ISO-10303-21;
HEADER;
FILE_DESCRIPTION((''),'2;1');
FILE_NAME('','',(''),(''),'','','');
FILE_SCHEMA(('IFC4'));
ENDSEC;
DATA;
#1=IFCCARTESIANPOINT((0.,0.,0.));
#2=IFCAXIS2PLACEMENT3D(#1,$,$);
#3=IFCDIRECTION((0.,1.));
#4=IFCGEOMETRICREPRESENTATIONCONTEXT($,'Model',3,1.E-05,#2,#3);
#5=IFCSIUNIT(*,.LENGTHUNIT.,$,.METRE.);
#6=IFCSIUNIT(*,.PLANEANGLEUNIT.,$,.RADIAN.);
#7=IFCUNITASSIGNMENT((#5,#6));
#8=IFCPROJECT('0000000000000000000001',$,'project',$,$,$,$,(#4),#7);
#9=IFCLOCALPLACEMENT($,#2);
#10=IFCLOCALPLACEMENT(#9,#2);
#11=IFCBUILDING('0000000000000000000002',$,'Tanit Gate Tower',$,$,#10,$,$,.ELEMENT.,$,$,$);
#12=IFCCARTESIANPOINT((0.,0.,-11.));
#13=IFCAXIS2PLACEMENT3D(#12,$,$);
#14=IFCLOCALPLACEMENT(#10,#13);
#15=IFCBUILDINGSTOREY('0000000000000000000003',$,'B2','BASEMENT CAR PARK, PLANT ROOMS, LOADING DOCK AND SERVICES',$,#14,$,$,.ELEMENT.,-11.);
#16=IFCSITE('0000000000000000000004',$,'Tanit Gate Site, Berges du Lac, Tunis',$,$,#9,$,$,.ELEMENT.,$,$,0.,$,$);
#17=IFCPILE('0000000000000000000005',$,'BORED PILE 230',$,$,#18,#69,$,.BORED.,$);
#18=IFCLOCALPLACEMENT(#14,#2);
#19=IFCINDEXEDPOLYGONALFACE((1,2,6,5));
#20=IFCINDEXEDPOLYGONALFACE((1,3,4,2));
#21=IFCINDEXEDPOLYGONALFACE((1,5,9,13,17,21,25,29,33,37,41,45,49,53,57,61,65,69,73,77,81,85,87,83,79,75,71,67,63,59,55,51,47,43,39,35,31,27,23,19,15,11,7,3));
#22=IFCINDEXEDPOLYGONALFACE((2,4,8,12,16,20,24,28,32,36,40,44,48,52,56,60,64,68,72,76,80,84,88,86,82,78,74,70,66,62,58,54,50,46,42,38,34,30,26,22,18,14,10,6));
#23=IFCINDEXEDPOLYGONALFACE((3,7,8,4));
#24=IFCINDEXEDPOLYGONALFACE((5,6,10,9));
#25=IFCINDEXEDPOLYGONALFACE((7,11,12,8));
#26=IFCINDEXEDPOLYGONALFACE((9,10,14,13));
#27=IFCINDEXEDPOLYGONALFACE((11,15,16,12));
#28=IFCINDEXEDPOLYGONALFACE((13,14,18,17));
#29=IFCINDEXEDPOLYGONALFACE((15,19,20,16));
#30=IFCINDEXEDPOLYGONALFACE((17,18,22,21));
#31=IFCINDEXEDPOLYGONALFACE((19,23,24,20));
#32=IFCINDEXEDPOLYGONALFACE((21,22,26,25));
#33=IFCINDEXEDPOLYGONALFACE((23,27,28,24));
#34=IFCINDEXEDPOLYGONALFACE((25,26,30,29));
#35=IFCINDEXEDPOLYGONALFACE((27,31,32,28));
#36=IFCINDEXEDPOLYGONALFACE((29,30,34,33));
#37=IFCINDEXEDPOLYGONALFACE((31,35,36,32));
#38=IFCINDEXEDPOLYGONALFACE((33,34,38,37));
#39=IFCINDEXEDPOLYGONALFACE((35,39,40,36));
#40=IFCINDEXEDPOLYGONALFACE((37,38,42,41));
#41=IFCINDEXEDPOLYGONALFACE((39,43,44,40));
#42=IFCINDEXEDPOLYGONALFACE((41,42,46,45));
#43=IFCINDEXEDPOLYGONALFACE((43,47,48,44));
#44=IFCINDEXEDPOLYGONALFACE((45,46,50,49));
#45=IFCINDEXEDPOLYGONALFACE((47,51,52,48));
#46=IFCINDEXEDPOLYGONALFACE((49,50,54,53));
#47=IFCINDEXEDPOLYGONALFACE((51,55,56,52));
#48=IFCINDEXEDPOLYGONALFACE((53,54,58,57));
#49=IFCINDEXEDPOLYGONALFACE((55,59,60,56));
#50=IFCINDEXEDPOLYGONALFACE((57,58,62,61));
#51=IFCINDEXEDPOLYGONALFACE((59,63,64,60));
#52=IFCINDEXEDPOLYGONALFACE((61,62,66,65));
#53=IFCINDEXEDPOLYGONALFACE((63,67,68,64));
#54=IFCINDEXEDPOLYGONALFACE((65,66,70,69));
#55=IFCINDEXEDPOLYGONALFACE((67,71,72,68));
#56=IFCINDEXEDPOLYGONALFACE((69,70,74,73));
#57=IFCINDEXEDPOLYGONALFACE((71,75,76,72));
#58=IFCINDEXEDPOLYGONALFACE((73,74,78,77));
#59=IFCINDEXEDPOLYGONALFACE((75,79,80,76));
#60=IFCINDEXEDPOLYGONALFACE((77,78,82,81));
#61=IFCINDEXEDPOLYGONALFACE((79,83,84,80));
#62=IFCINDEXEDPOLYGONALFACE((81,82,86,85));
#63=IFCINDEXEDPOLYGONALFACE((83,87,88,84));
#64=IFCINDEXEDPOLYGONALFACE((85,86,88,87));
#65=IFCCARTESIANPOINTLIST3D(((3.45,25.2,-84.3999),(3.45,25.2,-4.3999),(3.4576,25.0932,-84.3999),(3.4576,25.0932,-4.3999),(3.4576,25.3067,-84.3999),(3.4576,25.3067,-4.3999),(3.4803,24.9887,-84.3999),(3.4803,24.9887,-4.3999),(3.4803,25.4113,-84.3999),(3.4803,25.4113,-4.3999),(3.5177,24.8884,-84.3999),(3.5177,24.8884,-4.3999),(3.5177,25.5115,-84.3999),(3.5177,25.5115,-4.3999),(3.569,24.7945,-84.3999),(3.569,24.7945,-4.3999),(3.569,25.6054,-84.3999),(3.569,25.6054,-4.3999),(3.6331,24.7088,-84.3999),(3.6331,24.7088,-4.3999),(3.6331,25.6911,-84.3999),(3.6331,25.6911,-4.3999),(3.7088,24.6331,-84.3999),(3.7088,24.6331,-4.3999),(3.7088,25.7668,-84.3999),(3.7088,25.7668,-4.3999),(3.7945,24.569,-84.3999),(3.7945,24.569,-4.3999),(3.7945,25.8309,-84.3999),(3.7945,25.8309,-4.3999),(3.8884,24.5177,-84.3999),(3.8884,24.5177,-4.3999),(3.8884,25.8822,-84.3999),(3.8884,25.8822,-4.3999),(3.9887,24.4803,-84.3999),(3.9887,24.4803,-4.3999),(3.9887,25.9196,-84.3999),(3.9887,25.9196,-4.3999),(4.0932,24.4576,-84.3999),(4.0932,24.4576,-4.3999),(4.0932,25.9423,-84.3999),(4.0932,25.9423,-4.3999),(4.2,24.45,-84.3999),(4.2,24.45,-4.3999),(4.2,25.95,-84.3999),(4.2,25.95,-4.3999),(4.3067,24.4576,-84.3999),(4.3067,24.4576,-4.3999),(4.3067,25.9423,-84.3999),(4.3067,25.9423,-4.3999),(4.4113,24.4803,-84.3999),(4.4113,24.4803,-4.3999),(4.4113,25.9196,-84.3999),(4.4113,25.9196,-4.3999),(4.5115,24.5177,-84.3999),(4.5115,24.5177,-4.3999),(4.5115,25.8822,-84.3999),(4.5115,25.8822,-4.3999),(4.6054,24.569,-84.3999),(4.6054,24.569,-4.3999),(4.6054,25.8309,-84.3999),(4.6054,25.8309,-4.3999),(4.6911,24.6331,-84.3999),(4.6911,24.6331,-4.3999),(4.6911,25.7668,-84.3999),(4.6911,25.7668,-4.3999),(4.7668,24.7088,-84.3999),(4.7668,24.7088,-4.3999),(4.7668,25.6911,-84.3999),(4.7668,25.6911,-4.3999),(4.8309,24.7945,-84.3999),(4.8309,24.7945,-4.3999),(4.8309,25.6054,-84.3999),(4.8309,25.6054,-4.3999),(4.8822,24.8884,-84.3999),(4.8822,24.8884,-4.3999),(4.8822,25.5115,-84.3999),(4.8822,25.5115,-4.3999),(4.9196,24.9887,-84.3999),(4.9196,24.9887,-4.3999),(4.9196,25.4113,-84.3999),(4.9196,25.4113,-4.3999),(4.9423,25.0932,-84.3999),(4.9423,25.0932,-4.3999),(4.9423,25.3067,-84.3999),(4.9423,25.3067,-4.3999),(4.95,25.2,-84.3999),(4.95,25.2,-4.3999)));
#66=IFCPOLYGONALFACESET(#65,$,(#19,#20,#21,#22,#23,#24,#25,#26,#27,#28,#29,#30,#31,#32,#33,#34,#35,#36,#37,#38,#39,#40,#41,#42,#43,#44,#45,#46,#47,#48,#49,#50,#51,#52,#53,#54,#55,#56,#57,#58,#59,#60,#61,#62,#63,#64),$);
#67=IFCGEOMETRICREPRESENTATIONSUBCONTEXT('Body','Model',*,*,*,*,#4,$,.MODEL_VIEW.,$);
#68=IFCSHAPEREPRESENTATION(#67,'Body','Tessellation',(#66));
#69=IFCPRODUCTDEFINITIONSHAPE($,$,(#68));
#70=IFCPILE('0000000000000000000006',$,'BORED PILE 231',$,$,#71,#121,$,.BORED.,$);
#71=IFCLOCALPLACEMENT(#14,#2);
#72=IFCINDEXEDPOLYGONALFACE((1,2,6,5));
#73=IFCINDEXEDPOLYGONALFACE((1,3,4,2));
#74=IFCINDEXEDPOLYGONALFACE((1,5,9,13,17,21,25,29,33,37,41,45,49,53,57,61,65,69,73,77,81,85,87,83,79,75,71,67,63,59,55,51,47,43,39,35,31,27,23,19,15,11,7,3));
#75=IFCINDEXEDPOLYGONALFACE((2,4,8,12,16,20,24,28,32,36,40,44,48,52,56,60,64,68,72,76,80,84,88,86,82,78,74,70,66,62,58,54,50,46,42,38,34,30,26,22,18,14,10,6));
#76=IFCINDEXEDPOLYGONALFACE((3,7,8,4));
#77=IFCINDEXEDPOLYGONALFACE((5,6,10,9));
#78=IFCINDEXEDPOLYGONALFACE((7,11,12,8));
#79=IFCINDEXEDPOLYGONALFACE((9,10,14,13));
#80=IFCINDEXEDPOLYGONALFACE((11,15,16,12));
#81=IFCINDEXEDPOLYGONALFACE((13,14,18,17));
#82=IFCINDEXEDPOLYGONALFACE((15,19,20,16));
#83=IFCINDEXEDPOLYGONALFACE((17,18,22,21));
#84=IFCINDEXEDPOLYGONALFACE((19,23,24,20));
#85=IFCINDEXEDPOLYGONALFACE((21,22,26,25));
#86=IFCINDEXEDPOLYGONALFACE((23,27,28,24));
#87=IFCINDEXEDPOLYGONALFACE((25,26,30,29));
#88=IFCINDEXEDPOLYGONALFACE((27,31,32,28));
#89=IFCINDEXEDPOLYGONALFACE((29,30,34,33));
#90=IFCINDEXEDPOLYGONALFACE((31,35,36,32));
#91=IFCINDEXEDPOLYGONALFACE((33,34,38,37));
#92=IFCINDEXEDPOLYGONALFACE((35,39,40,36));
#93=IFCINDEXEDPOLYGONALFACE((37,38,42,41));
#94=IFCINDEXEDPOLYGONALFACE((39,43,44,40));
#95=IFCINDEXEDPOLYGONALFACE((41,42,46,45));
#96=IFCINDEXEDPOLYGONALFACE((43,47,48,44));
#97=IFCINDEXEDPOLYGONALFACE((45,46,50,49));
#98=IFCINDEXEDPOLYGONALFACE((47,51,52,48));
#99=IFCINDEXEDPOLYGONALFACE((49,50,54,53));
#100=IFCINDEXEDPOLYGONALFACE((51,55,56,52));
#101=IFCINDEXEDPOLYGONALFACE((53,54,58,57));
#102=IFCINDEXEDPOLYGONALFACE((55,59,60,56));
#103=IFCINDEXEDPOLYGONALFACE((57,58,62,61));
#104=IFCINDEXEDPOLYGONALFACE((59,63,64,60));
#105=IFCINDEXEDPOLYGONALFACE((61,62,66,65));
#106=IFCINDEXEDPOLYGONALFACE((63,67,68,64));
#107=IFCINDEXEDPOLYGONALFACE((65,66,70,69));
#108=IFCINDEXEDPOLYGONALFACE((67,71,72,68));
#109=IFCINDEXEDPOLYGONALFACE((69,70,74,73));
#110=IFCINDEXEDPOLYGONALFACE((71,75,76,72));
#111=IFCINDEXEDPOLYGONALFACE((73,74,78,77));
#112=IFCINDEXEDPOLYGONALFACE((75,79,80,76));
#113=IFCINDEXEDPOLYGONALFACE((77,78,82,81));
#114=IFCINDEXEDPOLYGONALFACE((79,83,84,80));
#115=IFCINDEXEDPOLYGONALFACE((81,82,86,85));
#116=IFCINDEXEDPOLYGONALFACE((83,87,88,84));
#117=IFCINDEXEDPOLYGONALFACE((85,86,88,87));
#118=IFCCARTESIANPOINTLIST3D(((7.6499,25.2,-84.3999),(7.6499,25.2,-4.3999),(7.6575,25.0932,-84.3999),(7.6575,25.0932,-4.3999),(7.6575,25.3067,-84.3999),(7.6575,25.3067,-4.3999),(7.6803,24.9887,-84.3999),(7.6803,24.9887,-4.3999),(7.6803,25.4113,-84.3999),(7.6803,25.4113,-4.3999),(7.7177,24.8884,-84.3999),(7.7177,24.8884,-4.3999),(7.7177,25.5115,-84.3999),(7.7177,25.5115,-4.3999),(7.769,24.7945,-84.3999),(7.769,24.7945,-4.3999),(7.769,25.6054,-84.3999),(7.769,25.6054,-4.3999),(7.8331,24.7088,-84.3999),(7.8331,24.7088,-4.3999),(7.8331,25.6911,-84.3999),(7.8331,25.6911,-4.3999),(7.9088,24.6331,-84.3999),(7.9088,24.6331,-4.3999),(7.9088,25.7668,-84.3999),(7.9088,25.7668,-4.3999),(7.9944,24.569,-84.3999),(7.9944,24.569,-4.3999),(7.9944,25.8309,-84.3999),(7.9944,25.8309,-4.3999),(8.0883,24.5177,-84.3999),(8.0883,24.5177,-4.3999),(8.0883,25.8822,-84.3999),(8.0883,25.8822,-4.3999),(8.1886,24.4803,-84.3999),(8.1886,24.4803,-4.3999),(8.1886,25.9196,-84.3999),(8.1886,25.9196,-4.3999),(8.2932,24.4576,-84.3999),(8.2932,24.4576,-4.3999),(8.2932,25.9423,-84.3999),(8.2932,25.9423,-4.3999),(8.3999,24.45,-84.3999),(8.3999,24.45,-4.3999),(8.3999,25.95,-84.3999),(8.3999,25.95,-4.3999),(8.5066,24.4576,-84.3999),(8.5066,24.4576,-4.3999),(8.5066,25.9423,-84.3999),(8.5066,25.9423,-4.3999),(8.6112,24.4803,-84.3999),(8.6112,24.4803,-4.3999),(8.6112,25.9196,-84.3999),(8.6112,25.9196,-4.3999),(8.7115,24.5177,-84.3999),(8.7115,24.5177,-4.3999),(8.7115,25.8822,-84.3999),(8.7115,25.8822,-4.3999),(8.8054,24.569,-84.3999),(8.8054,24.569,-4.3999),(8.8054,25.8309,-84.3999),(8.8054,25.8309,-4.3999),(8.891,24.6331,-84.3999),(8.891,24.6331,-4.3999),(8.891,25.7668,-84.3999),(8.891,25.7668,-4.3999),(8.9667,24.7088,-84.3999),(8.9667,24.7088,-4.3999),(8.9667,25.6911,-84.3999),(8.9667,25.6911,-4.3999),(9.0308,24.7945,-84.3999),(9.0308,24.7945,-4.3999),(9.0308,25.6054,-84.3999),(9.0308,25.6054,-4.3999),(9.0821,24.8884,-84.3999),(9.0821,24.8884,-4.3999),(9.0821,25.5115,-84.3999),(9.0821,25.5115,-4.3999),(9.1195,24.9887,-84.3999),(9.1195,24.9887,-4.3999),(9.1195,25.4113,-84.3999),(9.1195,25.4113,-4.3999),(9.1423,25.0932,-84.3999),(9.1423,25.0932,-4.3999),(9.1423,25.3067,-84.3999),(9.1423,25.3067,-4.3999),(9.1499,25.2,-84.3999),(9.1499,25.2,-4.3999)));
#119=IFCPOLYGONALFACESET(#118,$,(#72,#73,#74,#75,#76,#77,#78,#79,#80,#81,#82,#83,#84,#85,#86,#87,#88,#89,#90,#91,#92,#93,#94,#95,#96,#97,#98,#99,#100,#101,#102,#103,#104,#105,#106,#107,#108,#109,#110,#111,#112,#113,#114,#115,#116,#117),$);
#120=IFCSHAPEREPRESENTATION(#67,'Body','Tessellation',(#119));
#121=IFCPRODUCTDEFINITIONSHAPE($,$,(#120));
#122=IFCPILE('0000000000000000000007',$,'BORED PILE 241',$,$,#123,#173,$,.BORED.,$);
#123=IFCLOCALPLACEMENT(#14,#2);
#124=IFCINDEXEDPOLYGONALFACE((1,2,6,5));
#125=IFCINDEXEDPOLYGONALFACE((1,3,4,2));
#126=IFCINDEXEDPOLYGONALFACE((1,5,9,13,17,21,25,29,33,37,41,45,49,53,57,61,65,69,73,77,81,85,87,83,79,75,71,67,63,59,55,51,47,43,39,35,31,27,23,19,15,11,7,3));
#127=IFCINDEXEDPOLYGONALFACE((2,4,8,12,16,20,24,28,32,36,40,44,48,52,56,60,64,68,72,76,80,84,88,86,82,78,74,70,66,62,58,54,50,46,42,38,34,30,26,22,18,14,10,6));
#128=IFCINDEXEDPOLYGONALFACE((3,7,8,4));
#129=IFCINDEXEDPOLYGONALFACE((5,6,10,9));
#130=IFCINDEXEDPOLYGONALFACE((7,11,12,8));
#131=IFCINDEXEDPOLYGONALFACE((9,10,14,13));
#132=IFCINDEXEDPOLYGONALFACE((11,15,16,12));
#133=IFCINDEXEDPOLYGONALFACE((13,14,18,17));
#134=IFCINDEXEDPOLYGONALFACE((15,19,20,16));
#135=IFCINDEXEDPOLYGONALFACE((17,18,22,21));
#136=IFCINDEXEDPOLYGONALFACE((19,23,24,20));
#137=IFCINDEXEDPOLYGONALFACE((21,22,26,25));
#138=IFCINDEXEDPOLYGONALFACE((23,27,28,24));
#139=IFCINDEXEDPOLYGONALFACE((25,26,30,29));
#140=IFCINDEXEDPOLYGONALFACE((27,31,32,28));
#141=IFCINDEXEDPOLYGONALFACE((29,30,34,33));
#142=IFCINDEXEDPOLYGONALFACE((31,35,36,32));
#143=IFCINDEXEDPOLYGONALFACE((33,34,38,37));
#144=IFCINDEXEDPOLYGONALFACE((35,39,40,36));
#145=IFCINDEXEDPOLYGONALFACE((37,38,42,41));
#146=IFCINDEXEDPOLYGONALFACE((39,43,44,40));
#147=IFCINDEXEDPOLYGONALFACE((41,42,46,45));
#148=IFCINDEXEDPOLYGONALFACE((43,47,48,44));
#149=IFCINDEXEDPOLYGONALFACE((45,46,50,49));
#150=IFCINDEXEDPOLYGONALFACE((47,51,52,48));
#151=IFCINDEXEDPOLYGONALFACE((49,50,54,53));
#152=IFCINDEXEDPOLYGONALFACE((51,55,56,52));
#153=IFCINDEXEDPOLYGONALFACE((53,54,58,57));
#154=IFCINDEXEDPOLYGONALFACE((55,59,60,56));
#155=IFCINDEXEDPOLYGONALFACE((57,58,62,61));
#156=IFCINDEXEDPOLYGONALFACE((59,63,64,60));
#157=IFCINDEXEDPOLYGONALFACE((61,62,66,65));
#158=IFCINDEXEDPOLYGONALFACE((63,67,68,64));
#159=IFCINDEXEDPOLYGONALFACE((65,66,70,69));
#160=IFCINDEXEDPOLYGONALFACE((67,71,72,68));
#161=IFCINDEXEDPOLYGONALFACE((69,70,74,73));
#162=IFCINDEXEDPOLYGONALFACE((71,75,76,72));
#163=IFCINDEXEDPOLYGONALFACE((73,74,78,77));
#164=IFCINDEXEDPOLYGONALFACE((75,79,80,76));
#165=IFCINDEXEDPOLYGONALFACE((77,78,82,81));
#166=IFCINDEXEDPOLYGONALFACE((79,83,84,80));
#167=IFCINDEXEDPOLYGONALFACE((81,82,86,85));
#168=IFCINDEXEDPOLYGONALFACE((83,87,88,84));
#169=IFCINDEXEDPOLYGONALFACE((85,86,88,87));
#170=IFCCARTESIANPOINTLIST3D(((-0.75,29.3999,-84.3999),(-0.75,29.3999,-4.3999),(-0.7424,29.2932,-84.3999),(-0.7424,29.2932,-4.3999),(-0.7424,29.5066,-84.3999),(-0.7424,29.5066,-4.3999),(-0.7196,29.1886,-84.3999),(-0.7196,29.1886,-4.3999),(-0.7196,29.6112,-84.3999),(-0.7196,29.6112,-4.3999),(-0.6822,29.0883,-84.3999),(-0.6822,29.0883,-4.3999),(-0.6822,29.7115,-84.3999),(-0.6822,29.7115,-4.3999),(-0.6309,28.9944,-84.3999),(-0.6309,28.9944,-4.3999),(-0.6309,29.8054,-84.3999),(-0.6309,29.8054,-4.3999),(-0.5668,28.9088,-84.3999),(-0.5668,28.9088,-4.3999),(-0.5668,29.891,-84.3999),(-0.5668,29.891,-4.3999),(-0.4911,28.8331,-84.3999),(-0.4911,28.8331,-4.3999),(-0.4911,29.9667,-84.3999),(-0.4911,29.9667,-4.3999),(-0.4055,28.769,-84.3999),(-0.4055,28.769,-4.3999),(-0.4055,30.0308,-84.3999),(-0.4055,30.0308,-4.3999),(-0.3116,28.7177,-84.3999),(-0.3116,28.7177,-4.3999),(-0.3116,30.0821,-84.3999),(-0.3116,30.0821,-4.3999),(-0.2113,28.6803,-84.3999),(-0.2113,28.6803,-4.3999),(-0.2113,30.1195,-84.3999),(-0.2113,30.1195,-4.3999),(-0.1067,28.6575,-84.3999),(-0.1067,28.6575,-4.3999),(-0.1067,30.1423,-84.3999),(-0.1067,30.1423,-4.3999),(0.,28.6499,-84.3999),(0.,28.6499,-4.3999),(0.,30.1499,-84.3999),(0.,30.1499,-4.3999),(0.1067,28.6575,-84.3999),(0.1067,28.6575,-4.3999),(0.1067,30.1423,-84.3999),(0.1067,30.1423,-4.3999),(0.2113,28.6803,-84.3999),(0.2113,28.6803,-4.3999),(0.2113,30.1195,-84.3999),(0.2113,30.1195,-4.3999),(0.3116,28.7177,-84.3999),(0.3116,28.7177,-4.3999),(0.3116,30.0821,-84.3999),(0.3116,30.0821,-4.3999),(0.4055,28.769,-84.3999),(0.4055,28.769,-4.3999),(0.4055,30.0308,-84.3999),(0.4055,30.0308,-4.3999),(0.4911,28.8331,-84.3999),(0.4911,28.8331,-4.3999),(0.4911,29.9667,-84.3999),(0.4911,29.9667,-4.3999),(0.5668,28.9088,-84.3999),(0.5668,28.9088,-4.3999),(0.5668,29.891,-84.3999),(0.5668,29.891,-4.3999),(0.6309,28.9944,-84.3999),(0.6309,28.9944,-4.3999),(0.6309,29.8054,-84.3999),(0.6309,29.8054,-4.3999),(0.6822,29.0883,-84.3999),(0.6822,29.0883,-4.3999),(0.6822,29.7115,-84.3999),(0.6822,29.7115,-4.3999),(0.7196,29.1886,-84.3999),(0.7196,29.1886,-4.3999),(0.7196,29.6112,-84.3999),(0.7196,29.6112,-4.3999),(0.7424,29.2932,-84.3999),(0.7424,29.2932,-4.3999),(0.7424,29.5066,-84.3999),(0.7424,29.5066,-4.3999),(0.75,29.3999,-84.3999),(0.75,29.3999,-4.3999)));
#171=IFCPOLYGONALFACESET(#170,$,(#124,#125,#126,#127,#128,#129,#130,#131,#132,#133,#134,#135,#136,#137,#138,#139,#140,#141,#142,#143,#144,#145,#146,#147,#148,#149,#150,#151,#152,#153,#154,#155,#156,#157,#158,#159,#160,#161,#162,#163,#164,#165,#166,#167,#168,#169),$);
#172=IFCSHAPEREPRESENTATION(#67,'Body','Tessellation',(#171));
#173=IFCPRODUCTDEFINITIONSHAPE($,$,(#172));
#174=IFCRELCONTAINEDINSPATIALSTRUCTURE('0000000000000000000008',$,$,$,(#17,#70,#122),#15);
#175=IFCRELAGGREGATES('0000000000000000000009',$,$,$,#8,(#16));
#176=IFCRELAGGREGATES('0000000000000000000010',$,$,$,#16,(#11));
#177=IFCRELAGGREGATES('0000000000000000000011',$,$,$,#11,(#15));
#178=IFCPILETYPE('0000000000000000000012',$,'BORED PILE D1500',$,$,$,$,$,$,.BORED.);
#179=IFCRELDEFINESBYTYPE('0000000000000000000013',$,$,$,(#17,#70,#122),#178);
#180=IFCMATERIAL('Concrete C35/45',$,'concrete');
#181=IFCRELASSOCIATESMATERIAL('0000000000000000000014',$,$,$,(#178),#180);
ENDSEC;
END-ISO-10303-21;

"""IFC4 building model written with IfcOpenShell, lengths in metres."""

from ifc_helpers import new_model, si_unit, direction, frame, origin, origin_2d, place, context, subcontext, project, spatial, circle, extrude, material, material_profile, profile_set, type_object, element, save


model = new_model("IFC4")

# Units and contexts
model_context = context("Model", 3, precision=1e-05, world=origin(), true_north=direction((0.0, 1.0)))
body_context = subcontext(model_context, "Body", "Model", "MODEL_VIEW")
ifc_project = project(units=[si_unit("LENGTHUNIT", "METRE"), si_unit("PLANEANGLEUNIT", "RADIAN")], contexts=[model_context])

# Site, building, storey
site_placement = place(None, origin())
site = spatial("IfcSite", under=ifc_project, at=site_placement, Name="Tanit Gate Site, Berges du Lac, Tunis", CompositionType="ELEMENT", RefElevation=0.0)
building_placement = place(site_placement, origin())
building = spatial("IfcBuilding", under=site, at=building_placement, Name="Tanit Gate Tower", CompositionType="ELEMENT")
storey_placement = place(building_placement, frame((0.0, 0.0, -11.0)))
storey = spatial("IfcBuildingStorey", under=building, at=storey_placement, Name="B2", Description="BASEMENT CAR PARK, PLANT ROOMS, LOADING DOCK AND SERVICES", CompositionType="ELEMENT", Elevation=-11.0)

# Piles
ifc_material_1 = material(Name="Concrete C35/45", Category="concrete")
ifc_material_profile_1 = material_profile(ifc_material_1, circle(Radius=0.75, at=origin_2d()), Name="BORED PILE D1500 C35/45")
ifc_profile_set_1 = profile_set([ifc_material_profile_1], Name="Concrete C35/45")
pile_type = type_object("IfcPileType", Name="BORED PILE D1500", PredefinedType="BORED", material=ifc_profile_set_1)
for number, where, z_axis, x_axis, name in (
    (1, (4.2, 25.2, -4.3999), (0.0, 0.0, -1.0), (1.0, 0.0, 0.0), "BORED PILE 230"),
    (2, (8.3999, 25.2, -4.3999), (0.0, 0.0, -1.0), (1.0, 0.0, 0.0), "BORED PILE 231"),
    (3, (0.0, 29.3999, -4.3999), (0.0, 0.0, -1.0), (1.0, 0.0, 0.0), "BORED PILE 241"),
):
    element("IfcPile", number, at=place(storey_placement, frame(where, z_axis=z_axis, x_axis=x_axis)), inside=storey, type_object=pile_type, Name=name, PredefinedType="BORED", context=body_context, shape_type="SweptSolid", body=[
        extrude(circle(Radius=0.75, at=origin_2d()), origin(), (0.0, 0.0, 1.0), 80.0),
    ])

save(model, "model.ifc")
